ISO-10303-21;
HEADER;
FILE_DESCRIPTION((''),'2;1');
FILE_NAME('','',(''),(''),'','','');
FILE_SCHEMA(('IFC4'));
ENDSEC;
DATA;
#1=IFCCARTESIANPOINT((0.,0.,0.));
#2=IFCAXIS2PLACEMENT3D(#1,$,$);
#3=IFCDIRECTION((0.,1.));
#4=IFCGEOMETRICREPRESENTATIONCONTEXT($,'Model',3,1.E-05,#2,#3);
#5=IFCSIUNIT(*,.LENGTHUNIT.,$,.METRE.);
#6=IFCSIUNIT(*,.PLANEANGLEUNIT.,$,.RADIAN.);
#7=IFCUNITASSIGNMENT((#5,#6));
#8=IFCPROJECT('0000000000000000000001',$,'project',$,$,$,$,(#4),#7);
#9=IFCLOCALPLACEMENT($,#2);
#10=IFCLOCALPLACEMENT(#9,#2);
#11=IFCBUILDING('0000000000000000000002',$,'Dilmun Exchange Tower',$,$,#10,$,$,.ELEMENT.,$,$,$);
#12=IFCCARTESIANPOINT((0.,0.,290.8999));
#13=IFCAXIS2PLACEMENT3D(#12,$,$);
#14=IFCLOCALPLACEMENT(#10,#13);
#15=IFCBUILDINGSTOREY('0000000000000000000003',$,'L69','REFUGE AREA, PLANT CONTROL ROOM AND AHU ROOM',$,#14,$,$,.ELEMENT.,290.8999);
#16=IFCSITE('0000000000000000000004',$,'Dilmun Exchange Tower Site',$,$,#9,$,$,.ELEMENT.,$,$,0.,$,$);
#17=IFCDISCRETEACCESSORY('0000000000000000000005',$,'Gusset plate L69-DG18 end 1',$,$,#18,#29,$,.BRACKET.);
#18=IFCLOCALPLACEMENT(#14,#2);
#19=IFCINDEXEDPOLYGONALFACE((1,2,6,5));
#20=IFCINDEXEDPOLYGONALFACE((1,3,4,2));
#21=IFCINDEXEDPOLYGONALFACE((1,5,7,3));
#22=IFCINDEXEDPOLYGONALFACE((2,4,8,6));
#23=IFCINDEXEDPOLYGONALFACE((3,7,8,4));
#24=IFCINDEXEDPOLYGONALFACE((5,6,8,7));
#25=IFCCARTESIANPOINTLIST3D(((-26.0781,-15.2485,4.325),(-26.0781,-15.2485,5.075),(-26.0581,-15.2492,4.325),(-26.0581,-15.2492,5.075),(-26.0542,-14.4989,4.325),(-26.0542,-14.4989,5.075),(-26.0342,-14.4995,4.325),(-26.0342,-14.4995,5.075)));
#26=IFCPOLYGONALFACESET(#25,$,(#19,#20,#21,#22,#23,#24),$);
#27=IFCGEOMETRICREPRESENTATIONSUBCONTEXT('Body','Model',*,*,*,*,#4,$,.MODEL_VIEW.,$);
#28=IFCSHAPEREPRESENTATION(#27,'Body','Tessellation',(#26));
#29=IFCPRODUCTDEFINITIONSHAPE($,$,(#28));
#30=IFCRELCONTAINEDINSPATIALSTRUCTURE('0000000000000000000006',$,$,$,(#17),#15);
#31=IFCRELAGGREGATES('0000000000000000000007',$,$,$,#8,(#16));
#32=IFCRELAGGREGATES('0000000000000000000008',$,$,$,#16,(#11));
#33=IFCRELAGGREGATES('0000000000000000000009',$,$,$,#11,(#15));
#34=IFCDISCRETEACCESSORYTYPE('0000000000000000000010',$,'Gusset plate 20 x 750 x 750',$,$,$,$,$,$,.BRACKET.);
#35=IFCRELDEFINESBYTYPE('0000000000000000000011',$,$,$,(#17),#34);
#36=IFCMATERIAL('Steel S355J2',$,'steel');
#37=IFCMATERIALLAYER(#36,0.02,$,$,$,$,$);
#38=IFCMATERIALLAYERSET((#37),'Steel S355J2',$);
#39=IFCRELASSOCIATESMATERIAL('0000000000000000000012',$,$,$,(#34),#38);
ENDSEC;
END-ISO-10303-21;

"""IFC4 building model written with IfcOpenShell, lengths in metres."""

from ifc_helpers import new_model, si_unit, direction, frame, origin, origin_2d, place, context, subcontext, project, spatial, rectangle, extrude, material, layer, layer_set, type_object, element, save


model = new_model("IFC4")

# Units and contexts
model_context = context("Model", 3, precision=1e-05, world=origin(), true_north=direction((0.0, 1.0)))
body_context = subcontext(model_context, "Body", "Model", "MODEL_VIEW")
ifc_project = project(units=[si_unit("LENGTHUNIT", "METRE"), si_unit("PLANEANGLEUNIT", "RADIAN")], contexts=[model_context])

# Site, building, storey
site_placement = place(None, origin())
site = spatial("IfcSite", under=ifc_project, at=site_placement, Name="Dilmun Exchange Tower Site", CompositionType="ELEMENT", RefElevation=0.0)
building_placement = place(site_placement, origin())
building = spatial("IfcBuilding", under=site, at=building_placement, Name="Dilmun Exchange Tower", CompositionType="ELEMENT")
storey_placement = place(building_placement, frame((0.0, 0.0, 290.8999)))
storey = spatial("IfcBuildingStorey", under=building, at=storey_placement, Name="L69", Description="REFUGE AREA, PLANT CONTROL ROOM AND AHU ROOM", CompositionType="ELEMENT", Elevation=290.8999)

# Discrete accessory
ifc_material_1 = material(Name="Steel S355J2", Category="steel")
ifc_layer_1 = layer(ifc_material_1, 0.02)
ifc_layer_set_1 = layer_set([ifc_layer_1], Name="Steel S355J2")
discrete_accessory_type = type_object("IfcDiscreteAccessoryType", Name="Gusset plate 20 x 750 x 750", PredefinedType="BRACKET", material=ifc_layer_set_1)
for number, where, z_axis, x_axis, name in (
    (1, (-26.0562, -14.874, 4.325), (0.0, 0.0, 1.0), (0.03192, 0.99949, 0.0), "Gusset plate L69-DG18 end 1"),
):
    element("IfcDiscreteAccessory", number, at=place(storey_placement, frame(where, z_axis=z_axis, x_axis=x_axis)), inside=storey, type_object=discrete_accessory_type, Name=name, PredefinedType="BRACKET", context=body_context, shape_type="SweptSolid", body=[
        extrude(rectangle(XDim=0.75, YDim=0.02, at=origin_2d()), origin(), (0.0, 0.0, 1.0), 0.75),
    ])

save(model, "model.ifc")
